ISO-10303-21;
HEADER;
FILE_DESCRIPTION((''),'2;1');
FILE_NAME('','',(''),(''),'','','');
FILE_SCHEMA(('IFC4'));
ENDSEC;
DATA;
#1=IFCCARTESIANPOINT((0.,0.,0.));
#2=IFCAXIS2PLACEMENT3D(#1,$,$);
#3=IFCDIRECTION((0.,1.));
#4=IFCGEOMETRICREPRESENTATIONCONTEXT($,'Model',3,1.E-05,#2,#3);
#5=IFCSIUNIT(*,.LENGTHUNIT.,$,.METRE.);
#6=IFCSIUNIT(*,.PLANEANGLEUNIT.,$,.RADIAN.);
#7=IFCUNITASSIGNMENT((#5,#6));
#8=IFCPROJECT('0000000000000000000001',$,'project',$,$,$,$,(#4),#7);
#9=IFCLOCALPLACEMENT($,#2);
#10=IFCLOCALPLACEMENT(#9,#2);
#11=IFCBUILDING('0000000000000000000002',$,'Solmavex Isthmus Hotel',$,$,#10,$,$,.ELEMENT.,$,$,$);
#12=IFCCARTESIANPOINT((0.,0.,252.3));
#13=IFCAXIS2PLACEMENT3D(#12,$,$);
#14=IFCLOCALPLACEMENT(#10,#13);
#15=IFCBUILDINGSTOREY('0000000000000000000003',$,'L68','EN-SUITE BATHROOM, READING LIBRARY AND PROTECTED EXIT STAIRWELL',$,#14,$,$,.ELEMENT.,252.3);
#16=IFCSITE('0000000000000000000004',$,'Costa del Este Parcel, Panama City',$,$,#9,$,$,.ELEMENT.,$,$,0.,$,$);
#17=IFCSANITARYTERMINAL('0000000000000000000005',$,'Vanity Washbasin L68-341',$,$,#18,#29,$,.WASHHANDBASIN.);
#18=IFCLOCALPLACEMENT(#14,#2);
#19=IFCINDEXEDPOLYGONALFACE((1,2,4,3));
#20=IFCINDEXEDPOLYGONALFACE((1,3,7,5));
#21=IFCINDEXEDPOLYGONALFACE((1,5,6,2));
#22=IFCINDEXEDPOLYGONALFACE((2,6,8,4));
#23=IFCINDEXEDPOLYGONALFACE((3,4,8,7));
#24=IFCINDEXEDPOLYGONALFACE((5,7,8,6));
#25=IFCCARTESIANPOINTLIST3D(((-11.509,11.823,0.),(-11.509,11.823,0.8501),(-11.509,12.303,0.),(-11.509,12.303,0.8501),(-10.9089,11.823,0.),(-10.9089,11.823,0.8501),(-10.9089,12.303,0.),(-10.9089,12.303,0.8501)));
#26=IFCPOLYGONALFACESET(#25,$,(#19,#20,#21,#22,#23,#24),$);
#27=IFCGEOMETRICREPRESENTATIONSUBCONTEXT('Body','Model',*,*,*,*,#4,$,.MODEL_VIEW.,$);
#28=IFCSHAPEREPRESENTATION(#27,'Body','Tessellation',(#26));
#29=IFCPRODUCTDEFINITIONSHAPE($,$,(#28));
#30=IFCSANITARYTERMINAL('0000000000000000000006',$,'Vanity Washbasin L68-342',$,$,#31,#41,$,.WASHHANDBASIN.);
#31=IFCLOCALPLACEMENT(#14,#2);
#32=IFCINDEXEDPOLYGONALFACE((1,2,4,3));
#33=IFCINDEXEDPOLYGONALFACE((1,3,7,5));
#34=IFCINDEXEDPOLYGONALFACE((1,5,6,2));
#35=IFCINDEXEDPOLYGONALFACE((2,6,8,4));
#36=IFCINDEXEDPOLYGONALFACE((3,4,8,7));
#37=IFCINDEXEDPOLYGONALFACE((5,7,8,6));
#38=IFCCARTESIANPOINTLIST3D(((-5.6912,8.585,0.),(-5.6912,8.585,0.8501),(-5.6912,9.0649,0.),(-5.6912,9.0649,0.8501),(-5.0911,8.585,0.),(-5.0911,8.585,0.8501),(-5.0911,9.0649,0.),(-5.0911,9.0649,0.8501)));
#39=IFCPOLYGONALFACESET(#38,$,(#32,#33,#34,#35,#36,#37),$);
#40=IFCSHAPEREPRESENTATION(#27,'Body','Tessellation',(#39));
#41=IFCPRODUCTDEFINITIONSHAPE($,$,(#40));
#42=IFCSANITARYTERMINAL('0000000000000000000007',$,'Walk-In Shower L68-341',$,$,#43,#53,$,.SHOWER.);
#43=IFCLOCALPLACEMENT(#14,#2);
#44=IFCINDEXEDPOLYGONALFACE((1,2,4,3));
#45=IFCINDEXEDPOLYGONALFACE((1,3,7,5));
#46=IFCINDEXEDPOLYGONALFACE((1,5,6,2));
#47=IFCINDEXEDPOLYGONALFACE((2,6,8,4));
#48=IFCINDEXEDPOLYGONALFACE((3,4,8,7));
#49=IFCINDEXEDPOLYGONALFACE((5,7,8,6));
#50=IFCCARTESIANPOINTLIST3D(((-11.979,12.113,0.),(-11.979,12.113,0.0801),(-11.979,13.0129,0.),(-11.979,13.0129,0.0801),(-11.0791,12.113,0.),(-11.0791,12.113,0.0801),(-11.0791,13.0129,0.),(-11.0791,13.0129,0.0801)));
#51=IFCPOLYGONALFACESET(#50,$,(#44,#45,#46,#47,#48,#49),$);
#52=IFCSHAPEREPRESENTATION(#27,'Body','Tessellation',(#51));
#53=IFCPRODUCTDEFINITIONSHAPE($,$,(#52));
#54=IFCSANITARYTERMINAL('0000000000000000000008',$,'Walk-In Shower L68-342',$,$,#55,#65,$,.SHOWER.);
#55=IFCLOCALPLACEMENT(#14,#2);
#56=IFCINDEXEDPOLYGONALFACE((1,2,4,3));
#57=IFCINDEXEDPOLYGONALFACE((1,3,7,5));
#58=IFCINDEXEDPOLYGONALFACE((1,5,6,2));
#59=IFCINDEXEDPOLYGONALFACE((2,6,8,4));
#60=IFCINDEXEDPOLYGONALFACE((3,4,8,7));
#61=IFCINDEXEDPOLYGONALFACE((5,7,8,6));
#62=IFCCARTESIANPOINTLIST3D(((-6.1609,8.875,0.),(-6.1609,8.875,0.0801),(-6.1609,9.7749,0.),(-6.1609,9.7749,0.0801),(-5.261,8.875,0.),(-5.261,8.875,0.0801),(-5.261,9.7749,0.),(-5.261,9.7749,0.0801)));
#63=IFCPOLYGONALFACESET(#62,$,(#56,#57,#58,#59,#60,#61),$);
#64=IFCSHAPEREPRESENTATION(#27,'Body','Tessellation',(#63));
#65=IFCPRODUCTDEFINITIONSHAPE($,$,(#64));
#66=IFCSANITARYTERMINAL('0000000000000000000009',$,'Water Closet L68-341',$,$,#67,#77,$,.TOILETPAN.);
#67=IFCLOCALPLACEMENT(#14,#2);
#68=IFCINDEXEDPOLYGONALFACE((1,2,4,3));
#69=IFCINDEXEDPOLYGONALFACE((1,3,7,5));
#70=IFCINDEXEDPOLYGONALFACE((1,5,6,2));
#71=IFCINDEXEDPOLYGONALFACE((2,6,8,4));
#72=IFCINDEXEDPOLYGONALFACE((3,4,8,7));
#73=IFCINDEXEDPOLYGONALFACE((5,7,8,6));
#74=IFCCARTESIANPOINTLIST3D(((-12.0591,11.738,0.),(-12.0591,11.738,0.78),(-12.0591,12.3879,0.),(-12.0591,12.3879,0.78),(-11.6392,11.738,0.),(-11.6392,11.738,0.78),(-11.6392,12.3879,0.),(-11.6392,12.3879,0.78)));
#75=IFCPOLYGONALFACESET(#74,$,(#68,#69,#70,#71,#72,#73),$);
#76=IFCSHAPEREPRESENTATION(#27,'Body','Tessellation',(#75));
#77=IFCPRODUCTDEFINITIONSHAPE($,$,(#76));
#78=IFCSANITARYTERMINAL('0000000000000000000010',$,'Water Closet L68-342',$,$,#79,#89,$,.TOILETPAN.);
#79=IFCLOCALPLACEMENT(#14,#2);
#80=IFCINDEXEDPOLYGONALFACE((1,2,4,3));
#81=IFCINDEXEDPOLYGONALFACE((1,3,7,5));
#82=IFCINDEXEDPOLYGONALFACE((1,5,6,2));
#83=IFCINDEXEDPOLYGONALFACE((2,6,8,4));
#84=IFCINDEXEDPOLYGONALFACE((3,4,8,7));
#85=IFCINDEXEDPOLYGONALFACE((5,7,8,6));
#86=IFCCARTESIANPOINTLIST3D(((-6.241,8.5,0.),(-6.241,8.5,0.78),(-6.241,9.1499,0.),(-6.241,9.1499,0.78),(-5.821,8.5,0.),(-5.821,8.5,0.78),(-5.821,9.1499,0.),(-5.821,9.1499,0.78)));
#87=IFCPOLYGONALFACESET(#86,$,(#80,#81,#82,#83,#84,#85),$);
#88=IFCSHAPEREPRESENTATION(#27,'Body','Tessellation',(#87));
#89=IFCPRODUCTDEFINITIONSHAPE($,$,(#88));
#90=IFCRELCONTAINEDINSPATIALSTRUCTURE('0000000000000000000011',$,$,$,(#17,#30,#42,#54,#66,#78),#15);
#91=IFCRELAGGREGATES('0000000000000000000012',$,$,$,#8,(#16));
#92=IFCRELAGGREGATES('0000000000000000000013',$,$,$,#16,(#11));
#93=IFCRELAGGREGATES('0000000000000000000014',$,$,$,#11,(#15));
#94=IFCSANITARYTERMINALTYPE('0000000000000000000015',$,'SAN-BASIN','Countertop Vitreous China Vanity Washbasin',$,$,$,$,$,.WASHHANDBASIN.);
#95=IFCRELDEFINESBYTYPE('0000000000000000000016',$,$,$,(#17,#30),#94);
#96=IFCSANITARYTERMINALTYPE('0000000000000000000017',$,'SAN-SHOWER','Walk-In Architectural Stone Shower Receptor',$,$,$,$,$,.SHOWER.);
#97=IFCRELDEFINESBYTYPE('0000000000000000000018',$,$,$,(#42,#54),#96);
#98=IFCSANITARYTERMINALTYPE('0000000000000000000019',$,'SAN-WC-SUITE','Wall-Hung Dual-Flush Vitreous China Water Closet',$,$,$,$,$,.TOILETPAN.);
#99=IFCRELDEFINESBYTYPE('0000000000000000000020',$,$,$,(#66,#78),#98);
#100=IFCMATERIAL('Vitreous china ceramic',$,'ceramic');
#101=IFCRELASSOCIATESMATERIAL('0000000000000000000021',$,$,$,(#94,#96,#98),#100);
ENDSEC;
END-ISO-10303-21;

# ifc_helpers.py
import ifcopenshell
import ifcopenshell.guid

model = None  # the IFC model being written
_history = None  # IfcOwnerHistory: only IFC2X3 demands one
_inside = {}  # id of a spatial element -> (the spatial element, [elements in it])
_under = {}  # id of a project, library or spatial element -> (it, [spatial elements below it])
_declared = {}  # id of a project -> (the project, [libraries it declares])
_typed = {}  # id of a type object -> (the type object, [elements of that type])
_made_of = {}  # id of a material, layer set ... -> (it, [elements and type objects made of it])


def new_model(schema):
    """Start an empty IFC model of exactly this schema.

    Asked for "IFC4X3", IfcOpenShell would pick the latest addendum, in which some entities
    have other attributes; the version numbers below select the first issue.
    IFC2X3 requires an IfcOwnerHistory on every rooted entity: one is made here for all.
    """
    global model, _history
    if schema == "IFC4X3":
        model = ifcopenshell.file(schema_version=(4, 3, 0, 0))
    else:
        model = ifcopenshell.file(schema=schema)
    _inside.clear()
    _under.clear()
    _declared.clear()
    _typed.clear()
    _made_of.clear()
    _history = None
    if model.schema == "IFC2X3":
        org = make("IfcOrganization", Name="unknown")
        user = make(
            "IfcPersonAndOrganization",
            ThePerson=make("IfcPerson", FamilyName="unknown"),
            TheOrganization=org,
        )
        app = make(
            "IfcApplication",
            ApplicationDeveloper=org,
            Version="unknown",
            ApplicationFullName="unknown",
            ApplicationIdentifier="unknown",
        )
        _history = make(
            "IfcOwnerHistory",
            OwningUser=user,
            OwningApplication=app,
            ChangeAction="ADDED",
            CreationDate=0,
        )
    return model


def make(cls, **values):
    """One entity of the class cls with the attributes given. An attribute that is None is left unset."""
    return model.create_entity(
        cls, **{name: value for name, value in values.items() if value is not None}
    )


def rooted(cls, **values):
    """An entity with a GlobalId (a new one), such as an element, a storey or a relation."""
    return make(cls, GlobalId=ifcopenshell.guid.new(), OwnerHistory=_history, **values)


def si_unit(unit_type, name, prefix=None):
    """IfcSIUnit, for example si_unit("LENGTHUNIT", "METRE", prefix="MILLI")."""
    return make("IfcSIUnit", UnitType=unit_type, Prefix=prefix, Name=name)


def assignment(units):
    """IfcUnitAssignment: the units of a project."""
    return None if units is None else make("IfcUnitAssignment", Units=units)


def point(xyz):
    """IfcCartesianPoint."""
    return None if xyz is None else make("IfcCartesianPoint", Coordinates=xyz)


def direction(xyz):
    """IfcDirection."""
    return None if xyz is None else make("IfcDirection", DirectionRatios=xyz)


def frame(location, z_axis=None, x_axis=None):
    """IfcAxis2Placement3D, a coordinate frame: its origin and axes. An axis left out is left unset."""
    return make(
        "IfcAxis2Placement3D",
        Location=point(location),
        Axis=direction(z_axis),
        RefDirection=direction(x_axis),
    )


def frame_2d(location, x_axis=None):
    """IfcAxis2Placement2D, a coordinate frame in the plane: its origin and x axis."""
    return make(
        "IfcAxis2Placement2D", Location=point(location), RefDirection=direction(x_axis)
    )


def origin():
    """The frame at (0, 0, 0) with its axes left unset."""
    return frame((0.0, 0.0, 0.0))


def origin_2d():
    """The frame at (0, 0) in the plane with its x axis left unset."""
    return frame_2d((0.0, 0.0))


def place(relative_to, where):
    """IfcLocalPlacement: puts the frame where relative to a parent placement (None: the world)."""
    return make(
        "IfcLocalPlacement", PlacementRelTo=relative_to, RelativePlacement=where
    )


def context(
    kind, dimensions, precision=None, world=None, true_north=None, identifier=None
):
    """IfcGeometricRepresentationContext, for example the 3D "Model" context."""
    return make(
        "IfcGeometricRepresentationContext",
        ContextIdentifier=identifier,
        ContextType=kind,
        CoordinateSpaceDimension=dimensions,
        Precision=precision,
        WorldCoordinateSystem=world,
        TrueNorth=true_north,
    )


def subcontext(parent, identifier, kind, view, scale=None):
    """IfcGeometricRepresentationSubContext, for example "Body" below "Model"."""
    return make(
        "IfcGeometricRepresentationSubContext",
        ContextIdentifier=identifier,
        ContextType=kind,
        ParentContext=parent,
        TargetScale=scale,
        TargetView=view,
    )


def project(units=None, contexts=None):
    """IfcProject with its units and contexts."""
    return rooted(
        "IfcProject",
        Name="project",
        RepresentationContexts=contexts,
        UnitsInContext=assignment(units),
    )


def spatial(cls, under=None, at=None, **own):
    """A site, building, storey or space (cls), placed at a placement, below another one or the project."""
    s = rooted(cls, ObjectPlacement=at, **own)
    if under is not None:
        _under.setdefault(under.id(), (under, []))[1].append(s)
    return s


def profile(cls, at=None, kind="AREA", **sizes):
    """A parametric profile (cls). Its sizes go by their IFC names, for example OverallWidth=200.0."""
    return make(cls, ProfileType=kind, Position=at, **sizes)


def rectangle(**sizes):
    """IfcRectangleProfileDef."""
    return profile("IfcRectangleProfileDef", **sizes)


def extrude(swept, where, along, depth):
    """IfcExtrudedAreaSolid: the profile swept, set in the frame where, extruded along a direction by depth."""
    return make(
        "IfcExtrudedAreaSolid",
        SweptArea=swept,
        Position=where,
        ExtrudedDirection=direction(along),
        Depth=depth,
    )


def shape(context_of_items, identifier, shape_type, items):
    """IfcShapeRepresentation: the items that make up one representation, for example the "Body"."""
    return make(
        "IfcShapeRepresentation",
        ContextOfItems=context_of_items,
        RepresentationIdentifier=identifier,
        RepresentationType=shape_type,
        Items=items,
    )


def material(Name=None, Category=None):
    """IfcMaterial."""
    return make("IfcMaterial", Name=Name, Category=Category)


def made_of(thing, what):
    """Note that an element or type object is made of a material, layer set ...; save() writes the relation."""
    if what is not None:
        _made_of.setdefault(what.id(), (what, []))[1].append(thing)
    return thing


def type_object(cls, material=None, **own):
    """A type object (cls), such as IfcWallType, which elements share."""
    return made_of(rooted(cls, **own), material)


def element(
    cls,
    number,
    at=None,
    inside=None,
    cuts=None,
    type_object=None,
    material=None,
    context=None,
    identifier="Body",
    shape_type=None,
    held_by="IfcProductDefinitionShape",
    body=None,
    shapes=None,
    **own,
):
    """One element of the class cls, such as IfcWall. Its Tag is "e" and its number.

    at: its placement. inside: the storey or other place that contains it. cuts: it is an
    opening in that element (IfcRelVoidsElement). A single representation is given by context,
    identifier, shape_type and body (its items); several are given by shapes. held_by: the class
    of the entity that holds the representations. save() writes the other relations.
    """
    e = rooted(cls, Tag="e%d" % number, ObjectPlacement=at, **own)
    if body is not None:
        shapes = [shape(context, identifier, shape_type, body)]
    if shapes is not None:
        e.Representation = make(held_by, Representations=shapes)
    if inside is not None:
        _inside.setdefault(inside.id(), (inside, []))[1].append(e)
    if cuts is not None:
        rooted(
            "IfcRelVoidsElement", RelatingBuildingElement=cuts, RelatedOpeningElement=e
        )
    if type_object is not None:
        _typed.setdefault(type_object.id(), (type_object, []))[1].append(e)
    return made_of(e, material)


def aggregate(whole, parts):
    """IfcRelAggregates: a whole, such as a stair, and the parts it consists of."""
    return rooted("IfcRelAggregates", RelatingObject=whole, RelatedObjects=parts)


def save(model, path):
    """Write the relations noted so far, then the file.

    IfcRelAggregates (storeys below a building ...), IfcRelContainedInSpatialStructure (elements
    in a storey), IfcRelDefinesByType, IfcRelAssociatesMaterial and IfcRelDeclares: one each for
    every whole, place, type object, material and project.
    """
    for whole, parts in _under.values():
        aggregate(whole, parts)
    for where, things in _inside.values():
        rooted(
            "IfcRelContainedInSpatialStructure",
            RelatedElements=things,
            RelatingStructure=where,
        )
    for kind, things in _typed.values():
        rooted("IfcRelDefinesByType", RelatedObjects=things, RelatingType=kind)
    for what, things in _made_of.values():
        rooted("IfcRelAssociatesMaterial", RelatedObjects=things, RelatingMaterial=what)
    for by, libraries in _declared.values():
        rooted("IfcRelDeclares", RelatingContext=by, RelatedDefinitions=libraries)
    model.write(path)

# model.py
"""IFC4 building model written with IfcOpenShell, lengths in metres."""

from ifc_helpers import new_model, si_unit, direction, frame, origin, origin_2d, place, context, subcontext, project, spatial, rectangle, extrude, material, type_object, element, save


model = new_model("IFC4")

# Units and contexts
model_context = context("Model", 3, precision=1e-05, world=origin(), true_north=direction((0.0, 1.0)))
body_context = subcontext(model_context, "Body", "Model", "MODEL_VIEW")
ifc_project = project(units=[si_unit("LENGTHUNIT", "METRE"), si_unit("PLANEANGLEUNIT", "RADIAN")], contexts=[model_context])

# Site, building, storey
site_placement = place(None, origin())
site = spatial("IfcSite", under=ifc_project, at=site_placement, Name="Costa del Este Parcel, Panama City", CompositionType="ELEMENT", RefElevation=0.0)
building_placement = place(site_placement, origin())
building = spatial("IfcBuilding", under=site, at=building_placement, Name="Solmavex Isthmus Hotel", CompositionType="ELEMENT")
storey_placement = place(building_placement, frame((0.0, 0.0, 252.3)))
storey = spatial("IfcBuildingStorey", under=building, at=storey_placement, Name="L68", Description="EN-SUITE BATHROOM, READING LIBRARY AND PROTECTED EXIT STAIRWELL", CompositionType="ELEMENT", Elevation=252.3)

# Sanitary terminals
ifc_material_1 = material(Name="Vitreous china ceramic", Category="ceramic")
sanitary_terminal_type_1 = type_object("IfcSanitaryTerminalType", Name="SAN-BASIN", Description="Countertop Vitreous China Vanity Washbasin", PredefinedType="WASHHANDBASIN", material=ifc_material_1)
for number, where, z_axis, x_axis, name in (
    (1, (-11.209, 12.063, 0.0), (0.0, 0.0, 1.0), (1.0, 0.0, 0.0), "Vanity Washbasin L68-341"),
    (2, (-5.3911, 8.825, 0.0), (0.0, 0.0, 1.0), (1.0, 0.0, 0.0), "Vanity Washbasin L68-342"),
):
    element("IfcSanitaryTerminal", number, at=place(storey_placement, frame(where, z_axis=z_axis, x_axis=x_axis)), inside=storey, type_object=sanitary_terminal_type_1, Name=name, PredefinedType="WASHHANDBASIN", context=body_context, shape_type="SweptSolid", body=[
        extrude(rectangle(XDim=0.6001, YDim=0.48, at=origin_2d()), origin(), (0.0, 0.0, 1.0), 0.8501),
    ])
sanitary_terminal_type_2 = type_object("IfcSanitaryTerminalType", Name="SAN-SHOWER", Description="Walk-In Architectural Stone Shower Receptor", PredefinedType="SHOWER", material=ifc_material_1)
for number, where, z_axis, x_axis, name in (
    (3, (-11.5291, 12.563, 0.0), (0.0, 0.0, 1.0), (1.0, 0.0, 0.0), "Walk-In Shower L68-341"),
    (4, (-5.7109, 9.325, 0.0), (0.0, 0.0, 1.0), (1.0, 0.0, 0.0), "Walk-In Shower L68-342"),
):
    element("IfcSanitaryTerminal", number, at=place(storey_placement, frame(where, z_axis=z_axis, x_axis=x_axis)), inside=storey, type_object=sanitary_terminal_type_2, Name=name, PredefinedType="SHOWER", context=body_context, shape_type="SweptSolid", body=[
        extrude(rectangle(XDim=0.8999, YDim=0.8999, at=origin_2d()), origin(), (0.0, 0.0, 1.0), 0.0801),
    ])
sanitary_terminal_type_3 = type_object("IfcSanitaryTerminalType", Name="SAN-WC-SUITE", Description="Wall-Hung Dual-Flush Vitreous China Water Closet", PredefinedType="TOILETPAN", material=ifc_material_1)
for number, where, z_axis, x_axis, name in (
    (5, (-11.8491, 12.063, 0.0), (0.0, 0.0, 1.0), (1.0, 0.0, 0.0), "Water Closet L68-341"),
    (6, (-6.031, 8.825, 0.0), (0.0, 0.0, 1.0), (1.0, 0.0, 0.0), "Water Closet L68-342"),
):
    element("IfcSanitaryTerminal", number, at=place(storey_placement, frame(where, z_axis=z_axis, x_axis=x_axis)), inside=storey, type_object=sanitary_terminal_type_3, Name=name, PredefinedType="TOILETPAN", context=body_context, shape_type="SweptSolid", body=[
        extrude(rectangle(XDim=0.4199, YDim=0.6499, at=origin_2d()), origin(), (0.0, 0.0, 1.0), 0.78),
    ])

save(model, "model.ifc")
